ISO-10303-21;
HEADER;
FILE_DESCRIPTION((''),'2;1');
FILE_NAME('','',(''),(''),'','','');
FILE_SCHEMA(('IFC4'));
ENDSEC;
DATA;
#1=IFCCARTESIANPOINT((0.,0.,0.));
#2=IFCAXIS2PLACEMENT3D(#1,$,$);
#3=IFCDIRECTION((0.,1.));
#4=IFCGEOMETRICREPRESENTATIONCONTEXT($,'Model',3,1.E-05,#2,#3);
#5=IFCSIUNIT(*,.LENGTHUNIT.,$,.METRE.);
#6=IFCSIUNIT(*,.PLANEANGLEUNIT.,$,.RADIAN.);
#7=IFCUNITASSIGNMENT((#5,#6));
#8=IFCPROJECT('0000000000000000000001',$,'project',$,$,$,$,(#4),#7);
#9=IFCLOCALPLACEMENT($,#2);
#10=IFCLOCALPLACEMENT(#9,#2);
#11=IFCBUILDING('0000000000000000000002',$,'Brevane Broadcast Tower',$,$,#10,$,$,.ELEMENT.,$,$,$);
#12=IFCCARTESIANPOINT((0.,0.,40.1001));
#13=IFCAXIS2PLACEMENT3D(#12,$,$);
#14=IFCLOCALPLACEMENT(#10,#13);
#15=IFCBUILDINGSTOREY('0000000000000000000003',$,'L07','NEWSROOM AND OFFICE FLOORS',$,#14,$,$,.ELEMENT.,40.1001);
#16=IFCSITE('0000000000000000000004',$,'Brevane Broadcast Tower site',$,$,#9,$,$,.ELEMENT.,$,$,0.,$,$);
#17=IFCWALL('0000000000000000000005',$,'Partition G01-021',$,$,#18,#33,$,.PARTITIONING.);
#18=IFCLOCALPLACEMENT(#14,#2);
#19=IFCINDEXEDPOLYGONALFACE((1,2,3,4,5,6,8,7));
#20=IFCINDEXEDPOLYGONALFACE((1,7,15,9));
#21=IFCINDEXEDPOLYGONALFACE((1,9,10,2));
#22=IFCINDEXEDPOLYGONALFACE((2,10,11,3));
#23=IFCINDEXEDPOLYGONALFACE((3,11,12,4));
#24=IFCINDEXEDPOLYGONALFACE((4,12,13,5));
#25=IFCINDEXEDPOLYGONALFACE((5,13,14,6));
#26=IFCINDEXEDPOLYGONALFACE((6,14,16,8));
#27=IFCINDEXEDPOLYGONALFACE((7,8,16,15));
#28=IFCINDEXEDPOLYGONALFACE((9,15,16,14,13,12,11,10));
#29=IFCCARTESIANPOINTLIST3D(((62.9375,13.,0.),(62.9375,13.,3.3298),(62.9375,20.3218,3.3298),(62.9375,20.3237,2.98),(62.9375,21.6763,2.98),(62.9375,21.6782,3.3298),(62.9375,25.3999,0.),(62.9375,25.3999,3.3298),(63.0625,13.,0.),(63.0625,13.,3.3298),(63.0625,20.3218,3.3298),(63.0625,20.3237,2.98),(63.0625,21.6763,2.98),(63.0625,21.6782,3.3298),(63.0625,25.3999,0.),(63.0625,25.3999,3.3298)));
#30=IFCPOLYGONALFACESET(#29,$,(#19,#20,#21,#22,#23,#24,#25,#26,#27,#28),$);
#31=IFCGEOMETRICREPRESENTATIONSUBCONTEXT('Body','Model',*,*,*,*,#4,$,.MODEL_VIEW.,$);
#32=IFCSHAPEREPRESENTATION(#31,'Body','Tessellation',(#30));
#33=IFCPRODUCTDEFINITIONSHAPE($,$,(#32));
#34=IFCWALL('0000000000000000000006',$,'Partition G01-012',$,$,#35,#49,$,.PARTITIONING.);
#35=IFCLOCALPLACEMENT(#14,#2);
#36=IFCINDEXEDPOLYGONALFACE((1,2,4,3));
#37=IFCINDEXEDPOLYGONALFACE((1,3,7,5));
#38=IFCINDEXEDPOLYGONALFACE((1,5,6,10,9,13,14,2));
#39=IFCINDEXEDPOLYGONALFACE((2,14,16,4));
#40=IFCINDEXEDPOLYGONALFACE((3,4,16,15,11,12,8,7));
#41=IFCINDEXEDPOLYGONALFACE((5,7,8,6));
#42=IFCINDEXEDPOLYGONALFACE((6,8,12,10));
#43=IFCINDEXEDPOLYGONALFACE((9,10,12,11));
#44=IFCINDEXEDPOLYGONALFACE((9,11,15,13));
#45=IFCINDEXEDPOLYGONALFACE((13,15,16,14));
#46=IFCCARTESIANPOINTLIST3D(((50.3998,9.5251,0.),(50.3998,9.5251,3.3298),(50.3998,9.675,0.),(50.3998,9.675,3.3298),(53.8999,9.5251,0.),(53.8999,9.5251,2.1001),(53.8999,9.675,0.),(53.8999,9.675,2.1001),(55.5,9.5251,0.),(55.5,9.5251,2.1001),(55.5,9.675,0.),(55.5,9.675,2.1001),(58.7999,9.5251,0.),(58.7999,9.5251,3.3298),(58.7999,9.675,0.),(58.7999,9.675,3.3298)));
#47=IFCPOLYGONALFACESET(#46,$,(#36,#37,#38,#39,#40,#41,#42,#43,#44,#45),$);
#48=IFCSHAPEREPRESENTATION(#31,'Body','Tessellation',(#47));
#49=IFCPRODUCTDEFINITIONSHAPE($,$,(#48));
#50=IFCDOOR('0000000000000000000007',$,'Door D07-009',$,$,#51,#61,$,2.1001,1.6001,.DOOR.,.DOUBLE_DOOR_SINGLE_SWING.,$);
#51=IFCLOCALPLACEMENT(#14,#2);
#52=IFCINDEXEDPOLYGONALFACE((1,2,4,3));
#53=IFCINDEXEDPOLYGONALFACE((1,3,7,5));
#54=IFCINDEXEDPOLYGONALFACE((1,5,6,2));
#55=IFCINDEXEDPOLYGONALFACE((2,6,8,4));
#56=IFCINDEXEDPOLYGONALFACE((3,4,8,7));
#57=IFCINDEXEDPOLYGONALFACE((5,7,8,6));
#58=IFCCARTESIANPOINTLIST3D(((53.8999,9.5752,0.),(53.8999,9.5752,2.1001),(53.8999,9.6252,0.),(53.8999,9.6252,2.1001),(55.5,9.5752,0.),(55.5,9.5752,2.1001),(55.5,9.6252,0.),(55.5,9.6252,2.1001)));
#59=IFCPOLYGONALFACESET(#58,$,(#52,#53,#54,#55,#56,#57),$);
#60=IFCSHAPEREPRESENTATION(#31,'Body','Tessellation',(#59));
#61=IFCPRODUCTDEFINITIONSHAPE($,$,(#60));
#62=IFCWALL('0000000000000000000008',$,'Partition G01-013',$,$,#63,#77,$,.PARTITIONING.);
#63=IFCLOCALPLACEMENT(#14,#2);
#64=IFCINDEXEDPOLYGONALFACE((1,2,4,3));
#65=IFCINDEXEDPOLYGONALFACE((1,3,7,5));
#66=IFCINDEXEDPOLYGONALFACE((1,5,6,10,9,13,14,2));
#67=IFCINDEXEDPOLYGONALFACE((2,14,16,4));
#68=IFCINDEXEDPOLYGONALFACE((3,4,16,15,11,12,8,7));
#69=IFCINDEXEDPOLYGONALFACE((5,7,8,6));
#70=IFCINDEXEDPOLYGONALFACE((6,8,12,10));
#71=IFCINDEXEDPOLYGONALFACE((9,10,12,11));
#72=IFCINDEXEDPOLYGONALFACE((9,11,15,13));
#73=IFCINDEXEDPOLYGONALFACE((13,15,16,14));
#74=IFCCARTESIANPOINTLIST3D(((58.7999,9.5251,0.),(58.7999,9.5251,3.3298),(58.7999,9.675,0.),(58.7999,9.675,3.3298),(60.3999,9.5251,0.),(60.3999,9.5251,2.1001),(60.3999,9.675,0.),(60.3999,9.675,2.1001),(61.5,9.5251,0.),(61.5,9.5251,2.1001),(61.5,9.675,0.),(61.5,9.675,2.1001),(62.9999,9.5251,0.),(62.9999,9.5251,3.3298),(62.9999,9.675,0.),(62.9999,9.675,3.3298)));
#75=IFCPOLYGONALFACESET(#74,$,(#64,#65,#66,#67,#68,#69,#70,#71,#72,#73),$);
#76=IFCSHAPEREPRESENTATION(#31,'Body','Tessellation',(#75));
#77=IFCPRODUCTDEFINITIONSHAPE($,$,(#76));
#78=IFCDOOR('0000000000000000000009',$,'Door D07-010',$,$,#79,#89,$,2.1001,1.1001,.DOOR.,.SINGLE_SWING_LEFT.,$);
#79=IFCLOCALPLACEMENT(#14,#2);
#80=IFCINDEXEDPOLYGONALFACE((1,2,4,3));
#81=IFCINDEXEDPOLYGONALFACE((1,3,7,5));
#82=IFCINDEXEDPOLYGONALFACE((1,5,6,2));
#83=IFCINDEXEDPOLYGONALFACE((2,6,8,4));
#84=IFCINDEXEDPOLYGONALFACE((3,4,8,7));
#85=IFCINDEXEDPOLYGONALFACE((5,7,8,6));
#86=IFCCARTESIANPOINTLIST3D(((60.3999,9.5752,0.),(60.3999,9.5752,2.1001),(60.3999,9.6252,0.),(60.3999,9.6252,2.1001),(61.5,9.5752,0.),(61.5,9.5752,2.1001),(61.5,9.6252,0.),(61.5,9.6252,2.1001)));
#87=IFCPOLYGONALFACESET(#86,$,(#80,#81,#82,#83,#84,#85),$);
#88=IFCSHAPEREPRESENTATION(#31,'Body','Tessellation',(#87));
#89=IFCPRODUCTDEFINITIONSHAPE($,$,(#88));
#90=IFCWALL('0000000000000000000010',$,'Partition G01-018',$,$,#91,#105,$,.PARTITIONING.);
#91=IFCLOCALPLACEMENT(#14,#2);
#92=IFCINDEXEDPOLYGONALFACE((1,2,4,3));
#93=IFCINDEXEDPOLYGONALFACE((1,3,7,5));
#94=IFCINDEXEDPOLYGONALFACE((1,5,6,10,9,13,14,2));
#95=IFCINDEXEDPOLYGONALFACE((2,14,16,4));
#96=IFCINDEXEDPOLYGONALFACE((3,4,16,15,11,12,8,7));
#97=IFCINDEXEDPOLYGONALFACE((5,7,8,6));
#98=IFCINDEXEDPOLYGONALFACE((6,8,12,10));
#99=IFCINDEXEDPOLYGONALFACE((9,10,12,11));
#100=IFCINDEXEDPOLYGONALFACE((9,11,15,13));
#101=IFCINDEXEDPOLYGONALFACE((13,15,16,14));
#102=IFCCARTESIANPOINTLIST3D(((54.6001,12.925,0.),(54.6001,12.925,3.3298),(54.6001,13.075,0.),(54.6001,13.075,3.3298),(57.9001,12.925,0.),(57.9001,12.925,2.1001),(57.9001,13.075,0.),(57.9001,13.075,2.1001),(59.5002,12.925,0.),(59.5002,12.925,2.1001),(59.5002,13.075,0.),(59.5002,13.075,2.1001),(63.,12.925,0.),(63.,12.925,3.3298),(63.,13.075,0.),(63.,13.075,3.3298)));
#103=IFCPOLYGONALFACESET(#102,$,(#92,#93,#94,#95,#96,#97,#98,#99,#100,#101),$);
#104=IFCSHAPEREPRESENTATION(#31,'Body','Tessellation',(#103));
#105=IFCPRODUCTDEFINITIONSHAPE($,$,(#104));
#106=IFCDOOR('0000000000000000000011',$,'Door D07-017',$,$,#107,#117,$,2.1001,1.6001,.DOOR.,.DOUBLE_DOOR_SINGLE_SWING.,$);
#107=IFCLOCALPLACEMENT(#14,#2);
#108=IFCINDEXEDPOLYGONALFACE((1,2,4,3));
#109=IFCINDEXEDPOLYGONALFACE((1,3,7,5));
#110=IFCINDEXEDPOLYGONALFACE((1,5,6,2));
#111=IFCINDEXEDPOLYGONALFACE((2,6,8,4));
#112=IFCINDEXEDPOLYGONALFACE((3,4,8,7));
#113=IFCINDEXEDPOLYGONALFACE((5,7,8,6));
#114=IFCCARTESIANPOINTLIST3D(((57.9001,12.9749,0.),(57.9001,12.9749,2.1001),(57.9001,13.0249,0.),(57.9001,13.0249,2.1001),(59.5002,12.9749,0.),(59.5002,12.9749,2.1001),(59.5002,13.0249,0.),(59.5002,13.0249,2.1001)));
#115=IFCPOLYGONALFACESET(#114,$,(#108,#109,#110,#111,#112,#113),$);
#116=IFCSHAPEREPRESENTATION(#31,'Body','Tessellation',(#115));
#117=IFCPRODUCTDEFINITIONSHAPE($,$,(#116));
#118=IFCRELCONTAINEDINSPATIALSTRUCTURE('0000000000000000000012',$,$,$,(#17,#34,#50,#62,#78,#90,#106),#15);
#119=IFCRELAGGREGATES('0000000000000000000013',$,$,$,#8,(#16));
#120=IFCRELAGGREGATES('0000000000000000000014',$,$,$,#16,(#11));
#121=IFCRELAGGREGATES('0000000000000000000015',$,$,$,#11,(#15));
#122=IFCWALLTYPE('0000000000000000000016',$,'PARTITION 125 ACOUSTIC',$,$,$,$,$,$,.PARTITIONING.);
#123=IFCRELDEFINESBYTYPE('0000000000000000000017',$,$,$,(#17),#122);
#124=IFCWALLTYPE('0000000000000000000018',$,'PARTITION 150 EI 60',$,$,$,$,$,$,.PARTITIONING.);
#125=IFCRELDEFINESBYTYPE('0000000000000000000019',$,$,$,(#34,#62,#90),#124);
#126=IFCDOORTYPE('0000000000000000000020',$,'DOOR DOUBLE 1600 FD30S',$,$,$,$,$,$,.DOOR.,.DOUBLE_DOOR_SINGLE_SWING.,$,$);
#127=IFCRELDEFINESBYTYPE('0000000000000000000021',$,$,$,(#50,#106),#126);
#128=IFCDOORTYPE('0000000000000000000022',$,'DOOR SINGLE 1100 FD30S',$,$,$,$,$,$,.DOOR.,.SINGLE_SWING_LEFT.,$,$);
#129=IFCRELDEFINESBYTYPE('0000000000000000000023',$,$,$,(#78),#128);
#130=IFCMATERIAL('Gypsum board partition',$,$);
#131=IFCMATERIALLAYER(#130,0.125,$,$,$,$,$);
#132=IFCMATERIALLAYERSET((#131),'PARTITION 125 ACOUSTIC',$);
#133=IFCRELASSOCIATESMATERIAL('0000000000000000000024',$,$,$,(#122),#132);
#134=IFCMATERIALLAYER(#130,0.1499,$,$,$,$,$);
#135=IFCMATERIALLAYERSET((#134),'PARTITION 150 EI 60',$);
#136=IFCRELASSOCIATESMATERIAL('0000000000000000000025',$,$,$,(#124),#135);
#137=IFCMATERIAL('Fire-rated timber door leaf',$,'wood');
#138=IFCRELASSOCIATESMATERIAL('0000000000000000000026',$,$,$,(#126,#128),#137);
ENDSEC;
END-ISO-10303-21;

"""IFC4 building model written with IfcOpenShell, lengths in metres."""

from ifc_helpers import new_model, si_unit, direction, frame, frame_2d, origin, place, context, subcontext, project, spatial, polyline, rectangle, outline, extrude, material, layer, layer_set, type_object, element, fill, save


model = new_model("IFC4")

# Units and contexts
model_context = context("Model", 3, precision=1e-05, world=origin(), true_north=direction((0.0, 1.0)))
body_context = subcontext(model_context, "Body", "Model", "MODEL_VIEW")
ifc_project = project(units=[si_unit("LENGTHUNIT", "METRE"), si_unit("PLANEANGLEUNIT", "RADIAN")], contexts=[model_context])

# Site, building, storey
site_placement = place(None, origin())
site = spatial("IfcSite", under=ifc_project, at=site_placement, Name="Brevane Broadcast Tower site", CompositionType="ELEMENT", RefElevation=0.0)
building_placement = place(site_placement, origin())
building = spatial("IfcBuilding", under=site, at=building_placement, Name="Brevane Broadcast Tower", CompositionType="ELEMENT")
storey_placement = place(building_placement, frame((0.0, 0.0, 40.1001)))
storey = spatial("IfcBuildingStorey", under=building, at=storey_placement, Name="L07", Description="NEWSROOM AND OFFICE FLOORS", CompositionType="ELEMENT", Elevation=40.1001)

# Shared definitions
ifc_material_1 = material(Name="Gypsum board partition")

# Wall
ifc_layer_1 = layer(ifc_material_1, 0.125)
ifc_layer_set_1 = layer_set([ifc_layer_1], Name="PARTITION 125 ACOUSTIC")
wall_type_1 = type_object("IfcWallType", Name="PARTITION 125 ACOUSTIC", PredefinedType="PARTITIONING", material=ifc_layer_set_1)
wall_1_placement = place(storey_placement, frame((63.0, 13.0, 0.0), z_axis=(0.0, 0.0, 1.0), x_axis=(0.0, 1.0, 0.0)))
element("IfcWall", 1, at=wall_1_placement, inside=storey, type_object=wall_type_1, Name="Partition G01-021", PredefinedType="PARTITIONING", context=body_context, shape_type="SweptSolid", body=[
    extrude(outline(polyline([(0.0, 0.0), (12.3999, 0.0), (12.3999, 3.3298), (8.6782, 3.3298), (8.6763, 2.98), (7.3237, 2.98), (7.3218, 3.3298), (0.0, 3.3298), (0.0, 0.0)])), frame((0.0, 0.0625, 0.0), z_axis=(0.0, -1.0, 0.0), x_axis=(1.0, 0.0, 0.0)), (0.0, 0.0, 1.0), 0.125),
])

# Walls, openings, doors
ifc_layer_2 = layer(ifc_material_1, 0.1499)
ifc_layer_set_2 = layer_set([ifc_layer_2], Name="PARTITION 150 EI 60")
wall_type_2 = type_object("IfcWallType", Name="PARTITION 150 EI 60", PredefinedType="PARTITIONING", material=ifc_layer_set_2)
ifc_material_2 = material(Name="Fire-rated timber door leaf", Category="wood")
wall_2_placement = place(storey_placement, frame((58.8, 9.6001, 0.0), z_axis=(0.0, 0.0, 1.0), x_axis=(-1.0, 0.0, 0.0)))
wall_2 = element("IfcWall", 2, at=wall_2_placement, inside=storey, type_object=wall_type_2, Name="Partition G01-012", PredefinedType="PARTITIONING", context=body_context, shape_type="SweptSolid", body=[
    extrude(rectangle(XDim=8.4001, YDim=0.1499, at=frame_2d((4.2002, 0.0))), origin(), (0.0, 0.0, 1.0), 3.3298),
])
opening_1_placement = place(wall_2_placement, frame((3.3, 0.0, 0.0)))
opening_1 = element("IfcOpeningElement", 3, at=opening_1_placement, cuts=wall_2, PredefinedType="OPENING", context=body_context, shape_type="SweptSolid", body=[
    extrude(rectangle(XDim=1.6001, YDim=2.1001, at=frame_2d((0.8, 1.05))), frame((0.0, 0.085, 0.0), z_axis=(0.0, -1.0, 0.0), x_axis=(1.0, 0.0, 0.0)), (0.0, 0.0, 1.0), 0.1699),
])
door_type_1 = type_object("IfcDoorType", Name="DOOR DOUBLE 1600 FD30S", OperationType="DOUBLE_DOOR_SINGLE_SWING", PredefinedType="DOOR", material=ifc_material_2)
door_1_placement = place(opening_1_placement, origin())
door_1 = element("IfcDoor", 4, at=door_1_placement, inside=storey, type_object=door_type_1, Name="Door D07-009", OperationType="DOUBLE_DOOR_SINGLE_SWING", OverallHeight=2.1001, OverallWidth=1.6001, PredefinedType="DOOR", context=body_context, shape_type="SweptSolid", body=[
    extrude(rectangle(XDim=1.6001, YDim=2.1001, at=frame_2d((0.8, 1.05))), frame((0.0, 0.0249, 0.0), z_axis=(0.0, -1.0, 0.0), x_axis=(1.0, 0.0, 0.0)), (0.0, 0.0, 1.0), 0.05),
])
fill(opening_1, door_1)
wall_3_placement = place(storey_placement, frame((63.0, 9.6001, 0.0), z_axis=(0.0, 0.0, 1.0), x_axis=(-1.0, 0.0, 0.0)))
wall_3 = element("IfcWall", 5, at=wall_3_placement, inside=storey, type_object=wall_type_2, Name="Partition G01-013", PredefinedType="PARTITIONING", context=body_context, shape_type="SweptSolid", body=[
    extrude(rectangle(XDim=4.2, YDim=0.1499, at=frame_2d((2.1001, 0.0))), origin(), (0.0, 0.0, 1.0), 3.3298),
])
opening_2_placement = place(wall_3_placement, frame((1.5, 0.0, 0.0)))
opening_2 = element("IfcOpeningElement", 6, at=opening_2_placement, cuts=wall_3, PredefinedType="OPENING", context=body_context, shape_type="SweptSolid", body=[
    extrude(rectangle(XDim=1.1001, YDim=2.1001, at=frame_2d((0.55, 1.05))), frame((0.0, 0.085, 0.0), z_axis=(0.0, -1.0, 0.0), x_axis=(1.0, 0.0, 0.0)), (0.0, 0.0, 1.0), 0.1699),
])
door_type_2 = type_object("IfcDoorType", Name="DOOR SINGLE 1100 FD30S", OperationType="SINGLE_SWING_LEFT", PredefinedType="DOOR", material=ifc_material_2)
door_2_placement = place(opening_2_placement, origin())
door_2 = element("IfcDoor", 7, at=door_2_placement, inside=storey, type_object=door_type_2, Name="Door D07-010", OperationType="SINGLE_SWING_LEFT", OverallHeight=2.1001, OverallWidth=1.1001, PredefinedType="DOOR", context=body_context, shape_type="SweptSolid", body=[
    extrude(rectangle(XDim=1.1001, YDim=2.1001, at=frame_2d((0.55, 1.05))), frame((0.0, 0.0249, 0.0), z_axis=(0.0, -1.0, 0.0), x_axis=(1.0, 0.0, 0.0)), (0.0, 0.0, 1.0), 0.05),
])
fill(opening_2, door_2)
wall_4_placement = place(storey_placement, frame((54.6001, 13.0, 0.0), z_axis=(0.0, 0.0, 1.0), x_axis=(1.0, 0.0, 0.0)))
wall_4 = element("IfcWall", 8, at=wall_4_placement, inside=storey, type_object=wall_type_2, Name="Partition G01-018", PredefinedType="PARTITIONING", context=body_context, shape_type="SweptSolid", body=[
    extrude(rectangle(XDim=8.3999, YDim=0.1499, at=frame_2d((4.2, 0.0))), origin(), (0.0, 0.0, 1.0), 3.3298),
])
opening_3_placement = place(wall_4_placement, frame((3.3, 0.0, 0.0)))
opening_3 = element("IfcOpeningElement", 9, at=opening_3_placement, cuts=wall_4, PredefinedType="OPENING", context=body_context, shape_type="SweptSolid", body=[
    extrude(rectangle(XDim=1.6001, YDim=2.1001, at=frame_2d((0.8, 1.05))), frame((0.0, 0.085, 0.0), z_axis=(0.0, -1.0, 0.0), x_axis=(1.0, 0.0, 0.0)), (0.0, 0.0, 1.0), 0.1699),
])
door_3_placement = place(opening_3_placement, origin())
door_3 = element("IfcDoor", 10, at=door_3_placement, inside=storey, type_object=door_type_1, Name="Door D07-017", OperationType="DOUBLE_DOOR_SINGLE_SWING", OverallHeight=2.1001, OverallWidth=1.6001, PredefinedType="DOOR", context=body_context, shape_type="SweptSolid", body=[
    extrude(rectangle(XDim=1.6001, YDim=2.1001, at=frame_2d((0.8, 1.05))), frame((0.0, 0.0249, 0.0), z_axis=(0.0, -1.0, 0.0), x_axis=(1.0, 0.0, 0.0)), (0.0, 0.0, 1.0), 0.05),
])
fill(opening_3, door_3)

save(model, "model.ifc")
